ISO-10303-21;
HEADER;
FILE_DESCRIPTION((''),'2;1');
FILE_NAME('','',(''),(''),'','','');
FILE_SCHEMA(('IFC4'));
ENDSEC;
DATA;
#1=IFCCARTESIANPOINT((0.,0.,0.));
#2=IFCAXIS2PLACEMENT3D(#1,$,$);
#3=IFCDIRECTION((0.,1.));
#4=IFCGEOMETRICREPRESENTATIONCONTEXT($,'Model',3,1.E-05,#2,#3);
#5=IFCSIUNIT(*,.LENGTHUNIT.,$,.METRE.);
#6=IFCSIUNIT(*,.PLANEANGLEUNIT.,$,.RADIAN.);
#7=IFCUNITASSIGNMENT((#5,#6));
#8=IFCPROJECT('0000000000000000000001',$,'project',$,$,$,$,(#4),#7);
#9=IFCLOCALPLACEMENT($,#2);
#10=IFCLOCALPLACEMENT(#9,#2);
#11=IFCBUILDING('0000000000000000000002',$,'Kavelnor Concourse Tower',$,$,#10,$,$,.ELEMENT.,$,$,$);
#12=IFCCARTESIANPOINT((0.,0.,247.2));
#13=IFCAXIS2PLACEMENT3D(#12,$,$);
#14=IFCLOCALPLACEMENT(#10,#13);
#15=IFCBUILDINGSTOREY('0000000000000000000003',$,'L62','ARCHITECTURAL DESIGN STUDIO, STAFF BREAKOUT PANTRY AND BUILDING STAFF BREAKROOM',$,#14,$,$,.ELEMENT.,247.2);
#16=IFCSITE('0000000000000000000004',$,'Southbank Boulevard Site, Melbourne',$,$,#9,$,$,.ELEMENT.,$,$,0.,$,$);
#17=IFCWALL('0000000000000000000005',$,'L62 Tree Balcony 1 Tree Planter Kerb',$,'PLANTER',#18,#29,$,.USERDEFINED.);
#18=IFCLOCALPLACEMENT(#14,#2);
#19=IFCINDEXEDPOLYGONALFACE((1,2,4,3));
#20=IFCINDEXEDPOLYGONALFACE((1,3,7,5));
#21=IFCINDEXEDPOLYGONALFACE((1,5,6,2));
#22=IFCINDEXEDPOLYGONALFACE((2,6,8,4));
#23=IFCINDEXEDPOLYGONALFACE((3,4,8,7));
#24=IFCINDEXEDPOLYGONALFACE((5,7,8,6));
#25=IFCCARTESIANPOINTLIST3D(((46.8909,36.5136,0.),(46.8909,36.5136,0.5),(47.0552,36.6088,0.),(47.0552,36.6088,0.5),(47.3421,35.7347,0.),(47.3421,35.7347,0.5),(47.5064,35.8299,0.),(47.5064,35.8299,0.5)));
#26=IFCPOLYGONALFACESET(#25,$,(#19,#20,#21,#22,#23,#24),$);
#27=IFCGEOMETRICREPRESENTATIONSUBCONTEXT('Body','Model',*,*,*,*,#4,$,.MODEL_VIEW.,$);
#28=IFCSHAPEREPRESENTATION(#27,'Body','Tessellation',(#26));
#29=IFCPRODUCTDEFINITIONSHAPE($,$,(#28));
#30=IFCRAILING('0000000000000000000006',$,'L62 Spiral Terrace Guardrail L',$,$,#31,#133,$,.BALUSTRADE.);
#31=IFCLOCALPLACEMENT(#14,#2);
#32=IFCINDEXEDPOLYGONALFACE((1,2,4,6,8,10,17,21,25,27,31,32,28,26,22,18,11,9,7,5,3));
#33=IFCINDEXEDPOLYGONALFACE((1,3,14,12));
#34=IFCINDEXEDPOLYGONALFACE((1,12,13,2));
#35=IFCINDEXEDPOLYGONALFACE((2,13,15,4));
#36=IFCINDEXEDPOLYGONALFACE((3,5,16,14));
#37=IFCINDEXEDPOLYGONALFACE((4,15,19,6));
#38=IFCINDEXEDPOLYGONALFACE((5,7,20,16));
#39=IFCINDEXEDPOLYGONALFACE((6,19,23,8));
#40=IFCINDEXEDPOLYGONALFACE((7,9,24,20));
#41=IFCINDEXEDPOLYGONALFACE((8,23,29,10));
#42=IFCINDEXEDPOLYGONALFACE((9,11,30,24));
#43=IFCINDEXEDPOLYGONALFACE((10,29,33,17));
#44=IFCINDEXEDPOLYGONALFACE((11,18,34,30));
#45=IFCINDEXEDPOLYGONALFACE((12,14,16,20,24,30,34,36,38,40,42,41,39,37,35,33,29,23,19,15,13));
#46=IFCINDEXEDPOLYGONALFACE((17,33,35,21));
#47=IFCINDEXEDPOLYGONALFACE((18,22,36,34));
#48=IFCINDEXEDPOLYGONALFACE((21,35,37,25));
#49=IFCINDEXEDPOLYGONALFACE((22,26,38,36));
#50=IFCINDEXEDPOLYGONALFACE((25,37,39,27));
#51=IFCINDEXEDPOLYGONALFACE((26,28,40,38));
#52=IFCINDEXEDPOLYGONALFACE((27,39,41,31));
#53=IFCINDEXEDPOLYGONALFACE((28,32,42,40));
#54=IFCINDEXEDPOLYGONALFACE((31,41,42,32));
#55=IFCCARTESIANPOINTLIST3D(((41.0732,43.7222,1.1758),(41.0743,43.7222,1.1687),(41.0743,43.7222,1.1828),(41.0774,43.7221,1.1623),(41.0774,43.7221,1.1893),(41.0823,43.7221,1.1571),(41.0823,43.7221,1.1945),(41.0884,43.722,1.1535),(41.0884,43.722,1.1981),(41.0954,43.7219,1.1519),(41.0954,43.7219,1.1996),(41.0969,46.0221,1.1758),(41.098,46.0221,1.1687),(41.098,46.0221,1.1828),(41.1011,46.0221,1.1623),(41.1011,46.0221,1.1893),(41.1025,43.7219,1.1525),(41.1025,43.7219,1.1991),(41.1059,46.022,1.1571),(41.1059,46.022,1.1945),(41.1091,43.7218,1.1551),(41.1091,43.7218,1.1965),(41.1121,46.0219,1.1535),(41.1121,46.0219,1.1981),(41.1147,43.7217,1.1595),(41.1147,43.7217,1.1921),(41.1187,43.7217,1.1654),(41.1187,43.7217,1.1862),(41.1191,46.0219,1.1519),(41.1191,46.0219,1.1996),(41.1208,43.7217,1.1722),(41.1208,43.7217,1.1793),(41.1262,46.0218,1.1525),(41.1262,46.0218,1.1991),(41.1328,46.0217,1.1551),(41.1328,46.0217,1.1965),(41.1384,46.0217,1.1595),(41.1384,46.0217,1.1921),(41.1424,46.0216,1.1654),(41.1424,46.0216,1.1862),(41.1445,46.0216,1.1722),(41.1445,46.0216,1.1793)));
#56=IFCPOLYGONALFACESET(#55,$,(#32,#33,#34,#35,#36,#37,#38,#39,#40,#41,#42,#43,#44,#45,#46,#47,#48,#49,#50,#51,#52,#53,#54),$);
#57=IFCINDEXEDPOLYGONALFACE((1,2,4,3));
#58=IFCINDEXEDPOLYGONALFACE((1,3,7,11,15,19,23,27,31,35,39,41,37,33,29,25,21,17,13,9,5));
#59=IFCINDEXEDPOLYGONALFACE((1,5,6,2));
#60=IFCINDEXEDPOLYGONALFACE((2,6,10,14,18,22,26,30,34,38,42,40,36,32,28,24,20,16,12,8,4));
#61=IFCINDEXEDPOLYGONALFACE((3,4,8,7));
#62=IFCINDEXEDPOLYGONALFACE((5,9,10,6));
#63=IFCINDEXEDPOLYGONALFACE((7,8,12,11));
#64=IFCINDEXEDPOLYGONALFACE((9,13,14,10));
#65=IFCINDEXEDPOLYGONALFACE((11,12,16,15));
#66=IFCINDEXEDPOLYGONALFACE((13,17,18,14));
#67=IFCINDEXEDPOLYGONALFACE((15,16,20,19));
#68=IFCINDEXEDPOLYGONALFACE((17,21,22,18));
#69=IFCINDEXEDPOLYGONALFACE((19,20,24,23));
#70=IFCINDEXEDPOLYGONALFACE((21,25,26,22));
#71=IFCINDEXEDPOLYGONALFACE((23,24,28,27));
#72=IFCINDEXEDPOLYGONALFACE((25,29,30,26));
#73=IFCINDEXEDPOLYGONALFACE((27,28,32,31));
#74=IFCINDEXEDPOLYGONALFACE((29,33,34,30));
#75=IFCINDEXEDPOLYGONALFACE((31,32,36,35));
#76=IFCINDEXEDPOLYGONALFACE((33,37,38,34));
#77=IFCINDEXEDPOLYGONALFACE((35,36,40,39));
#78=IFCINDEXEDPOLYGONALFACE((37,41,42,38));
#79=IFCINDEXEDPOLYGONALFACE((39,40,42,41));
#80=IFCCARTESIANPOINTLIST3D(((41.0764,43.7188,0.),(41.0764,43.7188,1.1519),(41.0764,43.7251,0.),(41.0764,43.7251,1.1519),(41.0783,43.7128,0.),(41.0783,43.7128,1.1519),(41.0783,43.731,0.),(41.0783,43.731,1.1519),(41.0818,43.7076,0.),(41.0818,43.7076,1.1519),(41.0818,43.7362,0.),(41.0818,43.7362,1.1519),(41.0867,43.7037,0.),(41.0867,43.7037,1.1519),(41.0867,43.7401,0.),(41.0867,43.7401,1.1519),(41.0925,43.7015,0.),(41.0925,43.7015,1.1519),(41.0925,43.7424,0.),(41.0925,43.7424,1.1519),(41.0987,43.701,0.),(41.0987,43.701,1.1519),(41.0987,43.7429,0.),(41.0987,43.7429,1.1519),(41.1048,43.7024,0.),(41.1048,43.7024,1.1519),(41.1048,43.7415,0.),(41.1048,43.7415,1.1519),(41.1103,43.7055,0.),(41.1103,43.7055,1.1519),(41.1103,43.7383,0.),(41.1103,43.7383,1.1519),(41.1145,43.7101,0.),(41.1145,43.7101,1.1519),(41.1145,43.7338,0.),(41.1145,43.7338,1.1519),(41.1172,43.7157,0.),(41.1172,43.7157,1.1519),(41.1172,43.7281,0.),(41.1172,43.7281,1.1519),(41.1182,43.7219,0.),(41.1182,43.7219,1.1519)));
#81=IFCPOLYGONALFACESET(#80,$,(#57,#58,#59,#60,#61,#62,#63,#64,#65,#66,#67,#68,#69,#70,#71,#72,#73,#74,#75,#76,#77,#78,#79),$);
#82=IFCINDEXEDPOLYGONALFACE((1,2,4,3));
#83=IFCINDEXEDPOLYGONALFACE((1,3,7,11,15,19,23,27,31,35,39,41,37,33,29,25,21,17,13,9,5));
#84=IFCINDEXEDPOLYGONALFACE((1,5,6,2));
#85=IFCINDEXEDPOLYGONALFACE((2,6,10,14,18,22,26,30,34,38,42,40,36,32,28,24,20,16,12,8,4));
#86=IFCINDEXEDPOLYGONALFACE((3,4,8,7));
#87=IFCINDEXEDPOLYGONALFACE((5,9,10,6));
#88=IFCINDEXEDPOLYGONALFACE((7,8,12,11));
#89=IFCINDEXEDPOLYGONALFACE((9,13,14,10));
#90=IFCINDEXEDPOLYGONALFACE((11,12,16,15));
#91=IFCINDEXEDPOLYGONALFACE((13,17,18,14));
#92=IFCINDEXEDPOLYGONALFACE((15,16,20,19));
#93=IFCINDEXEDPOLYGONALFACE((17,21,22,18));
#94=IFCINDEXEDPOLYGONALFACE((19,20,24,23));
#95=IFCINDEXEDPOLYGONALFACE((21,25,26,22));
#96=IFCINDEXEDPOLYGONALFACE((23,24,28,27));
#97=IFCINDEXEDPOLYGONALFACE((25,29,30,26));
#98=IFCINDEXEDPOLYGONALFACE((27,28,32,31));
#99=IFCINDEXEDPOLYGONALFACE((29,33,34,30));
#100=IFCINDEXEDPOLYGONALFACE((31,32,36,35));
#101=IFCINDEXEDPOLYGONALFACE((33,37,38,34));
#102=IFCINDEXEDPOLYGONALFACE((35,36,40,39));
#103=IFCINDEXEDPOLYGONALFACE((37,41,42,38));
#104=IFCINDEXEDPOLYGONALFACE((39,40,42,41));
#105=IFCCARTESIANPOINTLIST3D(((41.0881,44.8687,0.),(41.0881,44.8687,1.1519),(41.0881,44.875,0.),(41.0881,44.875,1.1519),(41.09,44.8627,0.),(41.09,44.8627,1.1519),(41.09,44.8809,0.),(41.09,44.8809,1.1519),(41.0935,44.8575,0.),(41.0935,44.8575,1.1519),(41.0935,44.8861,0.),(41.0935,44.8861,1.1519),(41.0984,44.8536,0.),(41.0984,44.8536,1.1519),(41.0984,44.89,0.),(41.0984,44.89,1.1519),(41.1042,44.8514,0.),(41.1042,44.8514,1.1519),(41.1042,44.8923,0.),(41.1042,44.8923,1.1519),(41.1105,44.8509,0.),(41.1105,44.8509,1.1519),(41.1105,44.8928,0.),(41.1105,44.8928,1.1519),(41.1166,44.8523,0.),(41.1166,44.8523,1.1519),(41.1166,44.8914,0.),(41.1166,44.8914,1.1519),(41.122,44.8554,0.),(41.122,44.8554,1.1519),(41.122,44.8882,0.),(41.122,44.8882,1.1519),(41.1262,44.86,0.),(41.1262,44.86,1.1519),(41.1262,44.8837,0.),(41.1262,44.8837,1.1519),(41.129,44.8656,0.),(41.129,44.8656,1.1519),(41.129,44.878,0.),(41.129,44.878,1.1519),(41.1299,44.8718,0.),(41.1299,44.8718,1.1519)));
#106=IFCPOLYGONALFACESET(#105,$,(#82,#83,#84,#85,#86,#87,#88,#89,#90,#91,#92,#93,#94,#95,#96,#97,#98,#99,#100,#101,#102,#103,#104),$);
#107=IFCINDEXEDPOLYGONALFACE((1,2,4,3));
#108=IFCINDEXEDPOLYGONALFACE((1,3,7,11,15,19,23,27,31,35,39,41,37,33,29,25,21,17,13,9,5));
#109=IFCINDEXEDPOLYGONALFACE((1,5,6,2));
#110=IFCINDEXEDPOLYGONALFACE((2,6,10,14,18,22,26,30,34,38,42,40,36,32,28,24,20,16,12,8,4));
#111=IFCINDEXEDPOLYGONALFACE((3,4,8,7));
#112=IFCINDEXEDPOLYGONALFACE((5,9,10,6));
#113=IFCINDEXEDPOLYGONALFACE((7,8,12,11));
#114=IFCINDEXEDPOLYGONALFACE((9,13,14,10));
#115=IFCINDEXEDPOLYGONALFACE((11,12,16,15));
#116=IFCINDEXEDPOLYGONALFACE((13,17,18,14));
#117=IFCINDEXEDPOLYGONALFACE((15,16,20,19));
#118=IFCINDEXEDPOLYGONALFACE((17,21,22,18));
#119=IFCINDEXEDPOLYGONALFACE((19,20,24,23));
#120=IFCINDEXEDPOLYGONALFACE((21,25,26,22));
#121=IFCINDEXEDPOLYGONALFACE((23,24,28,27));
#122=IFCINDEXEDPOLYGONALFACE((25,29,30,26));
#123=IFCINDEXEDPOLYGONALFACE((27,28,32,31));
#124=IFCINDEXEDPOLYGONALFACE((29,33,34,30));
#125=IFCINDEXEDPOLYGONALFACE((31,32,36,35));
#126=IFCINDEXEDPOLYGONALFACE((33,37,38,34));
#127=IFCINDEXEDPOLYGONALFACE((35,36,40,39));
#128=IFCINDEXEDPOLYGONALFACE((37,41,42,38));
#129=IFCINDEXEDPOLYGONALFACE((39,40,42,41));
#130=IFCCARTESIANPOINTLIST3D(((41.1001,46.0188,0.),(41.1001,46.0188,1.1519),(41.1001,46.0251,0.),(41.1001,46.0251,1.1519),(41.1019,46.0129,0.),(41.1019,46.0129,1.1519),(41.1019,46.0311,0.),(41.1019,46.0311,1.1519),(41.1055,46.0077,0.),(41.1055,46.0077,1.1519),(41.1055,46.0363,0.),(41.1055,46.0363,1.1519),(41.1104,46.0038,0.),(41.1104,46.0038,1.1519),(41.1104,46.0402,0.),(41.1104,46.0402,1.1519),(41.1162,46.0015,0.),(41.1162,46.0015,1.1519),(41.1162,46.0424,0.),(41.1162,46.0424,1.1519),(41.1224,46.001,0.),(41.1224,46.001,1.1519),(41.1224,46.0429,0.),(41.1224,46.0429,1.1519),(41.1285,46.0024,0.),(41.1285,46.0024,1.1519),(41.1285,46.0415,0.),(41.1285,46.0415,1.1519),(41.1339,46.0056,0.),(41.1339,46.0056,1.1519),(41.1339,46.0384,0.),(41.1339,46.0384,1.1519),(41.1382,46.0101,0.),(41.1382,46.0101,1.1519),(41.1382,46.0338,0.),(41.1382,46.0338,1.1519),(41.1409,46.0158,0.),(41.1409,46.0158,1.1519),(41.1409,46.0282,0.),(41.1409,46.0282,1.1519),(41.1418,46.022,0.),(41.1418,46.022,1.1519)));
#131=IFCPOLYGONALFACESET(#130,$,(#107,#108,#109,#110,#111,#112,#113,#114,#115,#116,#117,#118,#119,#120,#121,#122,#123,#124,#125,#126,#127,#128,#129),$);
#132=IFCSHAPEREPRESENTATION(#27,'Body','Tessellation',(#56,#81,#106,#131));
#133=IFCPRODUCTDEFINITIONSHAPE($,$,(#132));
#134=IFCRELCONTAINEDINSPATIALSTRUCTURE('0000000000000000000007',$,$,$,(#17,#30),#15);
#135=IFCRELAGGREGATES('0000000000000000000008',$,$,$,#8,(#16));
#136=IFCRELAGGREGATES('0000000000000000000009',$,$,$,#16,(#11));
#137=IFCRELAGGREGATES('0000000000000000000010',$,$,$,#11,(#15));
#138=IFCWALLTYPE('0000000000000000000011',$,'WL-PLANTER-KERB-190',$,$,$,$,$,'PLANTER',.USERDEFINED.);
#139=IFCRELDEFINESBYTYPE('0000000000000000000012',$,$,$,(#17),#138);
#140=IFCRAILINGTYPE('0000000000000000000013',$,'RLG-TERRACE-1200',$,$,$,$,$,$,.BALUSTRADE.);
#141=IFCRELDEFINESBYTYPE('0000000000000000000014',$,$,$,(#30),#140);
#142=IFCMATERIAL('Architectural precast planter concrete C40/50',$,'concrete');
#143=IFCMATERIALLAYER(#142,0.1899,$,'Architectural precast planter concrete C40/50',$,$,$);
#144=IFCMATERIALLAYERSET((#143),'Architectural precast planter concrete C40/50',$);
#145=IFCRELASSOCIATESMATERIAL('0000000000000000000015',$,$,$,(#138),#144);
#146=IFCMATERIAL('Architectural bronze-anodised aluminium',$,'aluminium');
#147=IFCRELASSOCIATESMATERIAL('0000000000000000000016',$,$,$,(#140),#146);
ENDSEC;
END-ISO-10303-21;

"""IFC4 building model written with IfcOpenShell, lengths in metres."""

from ifc_helpers import new_model, si_unit, direction, frame, frame_2d, origin, origin_2d, place, context, subcontext, project, spatial, rectangle, circle, extrude, material, layer, layer_set, type_object, element, save


model = new_model("IFC4")

# Units and contexts
model_context = context("Model", 3, precision=1e-05, world=origin(), true_north=direction((0.0, 1.0)))
body_context = subcontext(model_context, "Body", "Model", "MODEL_VIEW")
ifc_project = project(units=[si_unit("LENGTHUNIT", "METRE"), si_unit("PLANEANGLEUNIT", "RADIAN")], contexts=[model_context])

# Site, building, storey
site_placement = place(None, origin())
site = spatial("IfcSite", under=ifc_project, at=site_placement, Name="Southbank Boulevard Site, Melbourne", CompositionType="ELEMENT", RefElevation=0.0)
building_placement = place(site_placement, origin())
building = spatial("IfcBuilding", under=site, at=building_placement, Name="Kavelnor Concourse Tower", CompositionType="ELEMENT")
storey_placement = place(building_placement, frame((0.0, 0.0, 247.2)))
storey = spatial("IfcBuildingStorey", under=building, at=storey_placement, Name="L62", Description="ARCHITECTURAL DESIGN STUDIO, STAFF BREAKOUT PANTRY AND BUILDING STAFF BREAKROOM", CompositionType="ELEMENT", Elevation=247.2)

# Wall
ifc_material_1 = material(Name="Architectural precast planter concrete C40/50", Category="concrete")
ifc_layer_1 = layer(ifc_material_1, 0.1899, Name="Architectural precast planter concrete C40/50")
ifc_layer_set_1 = layer_set([ifc_layer_1], Name="Architectural precast planter concrete C40/50")
wall_type_1 = type_object("IfcWallType", Name="WL-PLANTER-KERB-190", ElementType="PLANTER", PredefinedType="USERDEFINED", material=ifc_layer_set_1)
wall_1_placement = place(storey_placement, frame((47.4243, 35.7822, 0.0), z_axis=(0.0, 0.0, 1.0), x_axis=(-0.501271, 0.86529, 0.0)))
element("IfcWall", 1, at=wall_1_placement, inside=storey, type_object=wall_type_1, Name="L62 Tree Balcony 1 Tree Planter Kerb", ObjectType="PLANTER", PredefinedType="USERDEFINED", context=body_context, shape_type="SweptSolid", body=[
    extrude(rectangle(XDim=0.9001, YDim=0.1899, at=frame_2d((0.4502, 0.0))), origin(), (0.0, 0.0, 1.0), 0.5),
])

# Railing
ifc_material_2 = material(Name="Architectural bronze-anodised aluminium", Category="aluminium")
railing_type = type_object("IfcRailingType", Name="RLG-TERRACE-1200", PredefinedType="BALUSTRADE", material=ifc_material_2)
railing_1_placement = place(storey_placement, frame((41.0972, 43.7219, 0.0)))
element("IfcRailing", 2, at=railing_1_placement, inside=storey, type_object=railing_type, Name="L62 Spiral Terrace Guardrail L", PredefinedType="BALUSTRADE", context=body_context, shape_type="SweptSolid", body=[
    extrude(circle(Radius=0.0239, at=origin_2d()), frame((0.0, 0.0, 1.1758), z_axis=(0.010296, 0.999947, 0.0), x_axis=(-0.999947, 0.010296, 0.0)), (0.0, 0.0, 1.0), 2.3),
    extrude(circle(Radius=0.021, at=origin_2d()), origin(), (0.0, 0.0, 1.0), 1.1519),
    extrude(circle(Radius=0.021, at=origin_2d()), frame((0.0117, 1.1499, 0.0)), (0.0, 0.0, 1.0), 1.1519),
    extrude(circle(Radius=0.021, at=origin_2d()), frame((0.0237, 2.3, 0.0)), (0.0, 0.0, 1.0), 1.1519),
])

save(model, "model.ifc")
